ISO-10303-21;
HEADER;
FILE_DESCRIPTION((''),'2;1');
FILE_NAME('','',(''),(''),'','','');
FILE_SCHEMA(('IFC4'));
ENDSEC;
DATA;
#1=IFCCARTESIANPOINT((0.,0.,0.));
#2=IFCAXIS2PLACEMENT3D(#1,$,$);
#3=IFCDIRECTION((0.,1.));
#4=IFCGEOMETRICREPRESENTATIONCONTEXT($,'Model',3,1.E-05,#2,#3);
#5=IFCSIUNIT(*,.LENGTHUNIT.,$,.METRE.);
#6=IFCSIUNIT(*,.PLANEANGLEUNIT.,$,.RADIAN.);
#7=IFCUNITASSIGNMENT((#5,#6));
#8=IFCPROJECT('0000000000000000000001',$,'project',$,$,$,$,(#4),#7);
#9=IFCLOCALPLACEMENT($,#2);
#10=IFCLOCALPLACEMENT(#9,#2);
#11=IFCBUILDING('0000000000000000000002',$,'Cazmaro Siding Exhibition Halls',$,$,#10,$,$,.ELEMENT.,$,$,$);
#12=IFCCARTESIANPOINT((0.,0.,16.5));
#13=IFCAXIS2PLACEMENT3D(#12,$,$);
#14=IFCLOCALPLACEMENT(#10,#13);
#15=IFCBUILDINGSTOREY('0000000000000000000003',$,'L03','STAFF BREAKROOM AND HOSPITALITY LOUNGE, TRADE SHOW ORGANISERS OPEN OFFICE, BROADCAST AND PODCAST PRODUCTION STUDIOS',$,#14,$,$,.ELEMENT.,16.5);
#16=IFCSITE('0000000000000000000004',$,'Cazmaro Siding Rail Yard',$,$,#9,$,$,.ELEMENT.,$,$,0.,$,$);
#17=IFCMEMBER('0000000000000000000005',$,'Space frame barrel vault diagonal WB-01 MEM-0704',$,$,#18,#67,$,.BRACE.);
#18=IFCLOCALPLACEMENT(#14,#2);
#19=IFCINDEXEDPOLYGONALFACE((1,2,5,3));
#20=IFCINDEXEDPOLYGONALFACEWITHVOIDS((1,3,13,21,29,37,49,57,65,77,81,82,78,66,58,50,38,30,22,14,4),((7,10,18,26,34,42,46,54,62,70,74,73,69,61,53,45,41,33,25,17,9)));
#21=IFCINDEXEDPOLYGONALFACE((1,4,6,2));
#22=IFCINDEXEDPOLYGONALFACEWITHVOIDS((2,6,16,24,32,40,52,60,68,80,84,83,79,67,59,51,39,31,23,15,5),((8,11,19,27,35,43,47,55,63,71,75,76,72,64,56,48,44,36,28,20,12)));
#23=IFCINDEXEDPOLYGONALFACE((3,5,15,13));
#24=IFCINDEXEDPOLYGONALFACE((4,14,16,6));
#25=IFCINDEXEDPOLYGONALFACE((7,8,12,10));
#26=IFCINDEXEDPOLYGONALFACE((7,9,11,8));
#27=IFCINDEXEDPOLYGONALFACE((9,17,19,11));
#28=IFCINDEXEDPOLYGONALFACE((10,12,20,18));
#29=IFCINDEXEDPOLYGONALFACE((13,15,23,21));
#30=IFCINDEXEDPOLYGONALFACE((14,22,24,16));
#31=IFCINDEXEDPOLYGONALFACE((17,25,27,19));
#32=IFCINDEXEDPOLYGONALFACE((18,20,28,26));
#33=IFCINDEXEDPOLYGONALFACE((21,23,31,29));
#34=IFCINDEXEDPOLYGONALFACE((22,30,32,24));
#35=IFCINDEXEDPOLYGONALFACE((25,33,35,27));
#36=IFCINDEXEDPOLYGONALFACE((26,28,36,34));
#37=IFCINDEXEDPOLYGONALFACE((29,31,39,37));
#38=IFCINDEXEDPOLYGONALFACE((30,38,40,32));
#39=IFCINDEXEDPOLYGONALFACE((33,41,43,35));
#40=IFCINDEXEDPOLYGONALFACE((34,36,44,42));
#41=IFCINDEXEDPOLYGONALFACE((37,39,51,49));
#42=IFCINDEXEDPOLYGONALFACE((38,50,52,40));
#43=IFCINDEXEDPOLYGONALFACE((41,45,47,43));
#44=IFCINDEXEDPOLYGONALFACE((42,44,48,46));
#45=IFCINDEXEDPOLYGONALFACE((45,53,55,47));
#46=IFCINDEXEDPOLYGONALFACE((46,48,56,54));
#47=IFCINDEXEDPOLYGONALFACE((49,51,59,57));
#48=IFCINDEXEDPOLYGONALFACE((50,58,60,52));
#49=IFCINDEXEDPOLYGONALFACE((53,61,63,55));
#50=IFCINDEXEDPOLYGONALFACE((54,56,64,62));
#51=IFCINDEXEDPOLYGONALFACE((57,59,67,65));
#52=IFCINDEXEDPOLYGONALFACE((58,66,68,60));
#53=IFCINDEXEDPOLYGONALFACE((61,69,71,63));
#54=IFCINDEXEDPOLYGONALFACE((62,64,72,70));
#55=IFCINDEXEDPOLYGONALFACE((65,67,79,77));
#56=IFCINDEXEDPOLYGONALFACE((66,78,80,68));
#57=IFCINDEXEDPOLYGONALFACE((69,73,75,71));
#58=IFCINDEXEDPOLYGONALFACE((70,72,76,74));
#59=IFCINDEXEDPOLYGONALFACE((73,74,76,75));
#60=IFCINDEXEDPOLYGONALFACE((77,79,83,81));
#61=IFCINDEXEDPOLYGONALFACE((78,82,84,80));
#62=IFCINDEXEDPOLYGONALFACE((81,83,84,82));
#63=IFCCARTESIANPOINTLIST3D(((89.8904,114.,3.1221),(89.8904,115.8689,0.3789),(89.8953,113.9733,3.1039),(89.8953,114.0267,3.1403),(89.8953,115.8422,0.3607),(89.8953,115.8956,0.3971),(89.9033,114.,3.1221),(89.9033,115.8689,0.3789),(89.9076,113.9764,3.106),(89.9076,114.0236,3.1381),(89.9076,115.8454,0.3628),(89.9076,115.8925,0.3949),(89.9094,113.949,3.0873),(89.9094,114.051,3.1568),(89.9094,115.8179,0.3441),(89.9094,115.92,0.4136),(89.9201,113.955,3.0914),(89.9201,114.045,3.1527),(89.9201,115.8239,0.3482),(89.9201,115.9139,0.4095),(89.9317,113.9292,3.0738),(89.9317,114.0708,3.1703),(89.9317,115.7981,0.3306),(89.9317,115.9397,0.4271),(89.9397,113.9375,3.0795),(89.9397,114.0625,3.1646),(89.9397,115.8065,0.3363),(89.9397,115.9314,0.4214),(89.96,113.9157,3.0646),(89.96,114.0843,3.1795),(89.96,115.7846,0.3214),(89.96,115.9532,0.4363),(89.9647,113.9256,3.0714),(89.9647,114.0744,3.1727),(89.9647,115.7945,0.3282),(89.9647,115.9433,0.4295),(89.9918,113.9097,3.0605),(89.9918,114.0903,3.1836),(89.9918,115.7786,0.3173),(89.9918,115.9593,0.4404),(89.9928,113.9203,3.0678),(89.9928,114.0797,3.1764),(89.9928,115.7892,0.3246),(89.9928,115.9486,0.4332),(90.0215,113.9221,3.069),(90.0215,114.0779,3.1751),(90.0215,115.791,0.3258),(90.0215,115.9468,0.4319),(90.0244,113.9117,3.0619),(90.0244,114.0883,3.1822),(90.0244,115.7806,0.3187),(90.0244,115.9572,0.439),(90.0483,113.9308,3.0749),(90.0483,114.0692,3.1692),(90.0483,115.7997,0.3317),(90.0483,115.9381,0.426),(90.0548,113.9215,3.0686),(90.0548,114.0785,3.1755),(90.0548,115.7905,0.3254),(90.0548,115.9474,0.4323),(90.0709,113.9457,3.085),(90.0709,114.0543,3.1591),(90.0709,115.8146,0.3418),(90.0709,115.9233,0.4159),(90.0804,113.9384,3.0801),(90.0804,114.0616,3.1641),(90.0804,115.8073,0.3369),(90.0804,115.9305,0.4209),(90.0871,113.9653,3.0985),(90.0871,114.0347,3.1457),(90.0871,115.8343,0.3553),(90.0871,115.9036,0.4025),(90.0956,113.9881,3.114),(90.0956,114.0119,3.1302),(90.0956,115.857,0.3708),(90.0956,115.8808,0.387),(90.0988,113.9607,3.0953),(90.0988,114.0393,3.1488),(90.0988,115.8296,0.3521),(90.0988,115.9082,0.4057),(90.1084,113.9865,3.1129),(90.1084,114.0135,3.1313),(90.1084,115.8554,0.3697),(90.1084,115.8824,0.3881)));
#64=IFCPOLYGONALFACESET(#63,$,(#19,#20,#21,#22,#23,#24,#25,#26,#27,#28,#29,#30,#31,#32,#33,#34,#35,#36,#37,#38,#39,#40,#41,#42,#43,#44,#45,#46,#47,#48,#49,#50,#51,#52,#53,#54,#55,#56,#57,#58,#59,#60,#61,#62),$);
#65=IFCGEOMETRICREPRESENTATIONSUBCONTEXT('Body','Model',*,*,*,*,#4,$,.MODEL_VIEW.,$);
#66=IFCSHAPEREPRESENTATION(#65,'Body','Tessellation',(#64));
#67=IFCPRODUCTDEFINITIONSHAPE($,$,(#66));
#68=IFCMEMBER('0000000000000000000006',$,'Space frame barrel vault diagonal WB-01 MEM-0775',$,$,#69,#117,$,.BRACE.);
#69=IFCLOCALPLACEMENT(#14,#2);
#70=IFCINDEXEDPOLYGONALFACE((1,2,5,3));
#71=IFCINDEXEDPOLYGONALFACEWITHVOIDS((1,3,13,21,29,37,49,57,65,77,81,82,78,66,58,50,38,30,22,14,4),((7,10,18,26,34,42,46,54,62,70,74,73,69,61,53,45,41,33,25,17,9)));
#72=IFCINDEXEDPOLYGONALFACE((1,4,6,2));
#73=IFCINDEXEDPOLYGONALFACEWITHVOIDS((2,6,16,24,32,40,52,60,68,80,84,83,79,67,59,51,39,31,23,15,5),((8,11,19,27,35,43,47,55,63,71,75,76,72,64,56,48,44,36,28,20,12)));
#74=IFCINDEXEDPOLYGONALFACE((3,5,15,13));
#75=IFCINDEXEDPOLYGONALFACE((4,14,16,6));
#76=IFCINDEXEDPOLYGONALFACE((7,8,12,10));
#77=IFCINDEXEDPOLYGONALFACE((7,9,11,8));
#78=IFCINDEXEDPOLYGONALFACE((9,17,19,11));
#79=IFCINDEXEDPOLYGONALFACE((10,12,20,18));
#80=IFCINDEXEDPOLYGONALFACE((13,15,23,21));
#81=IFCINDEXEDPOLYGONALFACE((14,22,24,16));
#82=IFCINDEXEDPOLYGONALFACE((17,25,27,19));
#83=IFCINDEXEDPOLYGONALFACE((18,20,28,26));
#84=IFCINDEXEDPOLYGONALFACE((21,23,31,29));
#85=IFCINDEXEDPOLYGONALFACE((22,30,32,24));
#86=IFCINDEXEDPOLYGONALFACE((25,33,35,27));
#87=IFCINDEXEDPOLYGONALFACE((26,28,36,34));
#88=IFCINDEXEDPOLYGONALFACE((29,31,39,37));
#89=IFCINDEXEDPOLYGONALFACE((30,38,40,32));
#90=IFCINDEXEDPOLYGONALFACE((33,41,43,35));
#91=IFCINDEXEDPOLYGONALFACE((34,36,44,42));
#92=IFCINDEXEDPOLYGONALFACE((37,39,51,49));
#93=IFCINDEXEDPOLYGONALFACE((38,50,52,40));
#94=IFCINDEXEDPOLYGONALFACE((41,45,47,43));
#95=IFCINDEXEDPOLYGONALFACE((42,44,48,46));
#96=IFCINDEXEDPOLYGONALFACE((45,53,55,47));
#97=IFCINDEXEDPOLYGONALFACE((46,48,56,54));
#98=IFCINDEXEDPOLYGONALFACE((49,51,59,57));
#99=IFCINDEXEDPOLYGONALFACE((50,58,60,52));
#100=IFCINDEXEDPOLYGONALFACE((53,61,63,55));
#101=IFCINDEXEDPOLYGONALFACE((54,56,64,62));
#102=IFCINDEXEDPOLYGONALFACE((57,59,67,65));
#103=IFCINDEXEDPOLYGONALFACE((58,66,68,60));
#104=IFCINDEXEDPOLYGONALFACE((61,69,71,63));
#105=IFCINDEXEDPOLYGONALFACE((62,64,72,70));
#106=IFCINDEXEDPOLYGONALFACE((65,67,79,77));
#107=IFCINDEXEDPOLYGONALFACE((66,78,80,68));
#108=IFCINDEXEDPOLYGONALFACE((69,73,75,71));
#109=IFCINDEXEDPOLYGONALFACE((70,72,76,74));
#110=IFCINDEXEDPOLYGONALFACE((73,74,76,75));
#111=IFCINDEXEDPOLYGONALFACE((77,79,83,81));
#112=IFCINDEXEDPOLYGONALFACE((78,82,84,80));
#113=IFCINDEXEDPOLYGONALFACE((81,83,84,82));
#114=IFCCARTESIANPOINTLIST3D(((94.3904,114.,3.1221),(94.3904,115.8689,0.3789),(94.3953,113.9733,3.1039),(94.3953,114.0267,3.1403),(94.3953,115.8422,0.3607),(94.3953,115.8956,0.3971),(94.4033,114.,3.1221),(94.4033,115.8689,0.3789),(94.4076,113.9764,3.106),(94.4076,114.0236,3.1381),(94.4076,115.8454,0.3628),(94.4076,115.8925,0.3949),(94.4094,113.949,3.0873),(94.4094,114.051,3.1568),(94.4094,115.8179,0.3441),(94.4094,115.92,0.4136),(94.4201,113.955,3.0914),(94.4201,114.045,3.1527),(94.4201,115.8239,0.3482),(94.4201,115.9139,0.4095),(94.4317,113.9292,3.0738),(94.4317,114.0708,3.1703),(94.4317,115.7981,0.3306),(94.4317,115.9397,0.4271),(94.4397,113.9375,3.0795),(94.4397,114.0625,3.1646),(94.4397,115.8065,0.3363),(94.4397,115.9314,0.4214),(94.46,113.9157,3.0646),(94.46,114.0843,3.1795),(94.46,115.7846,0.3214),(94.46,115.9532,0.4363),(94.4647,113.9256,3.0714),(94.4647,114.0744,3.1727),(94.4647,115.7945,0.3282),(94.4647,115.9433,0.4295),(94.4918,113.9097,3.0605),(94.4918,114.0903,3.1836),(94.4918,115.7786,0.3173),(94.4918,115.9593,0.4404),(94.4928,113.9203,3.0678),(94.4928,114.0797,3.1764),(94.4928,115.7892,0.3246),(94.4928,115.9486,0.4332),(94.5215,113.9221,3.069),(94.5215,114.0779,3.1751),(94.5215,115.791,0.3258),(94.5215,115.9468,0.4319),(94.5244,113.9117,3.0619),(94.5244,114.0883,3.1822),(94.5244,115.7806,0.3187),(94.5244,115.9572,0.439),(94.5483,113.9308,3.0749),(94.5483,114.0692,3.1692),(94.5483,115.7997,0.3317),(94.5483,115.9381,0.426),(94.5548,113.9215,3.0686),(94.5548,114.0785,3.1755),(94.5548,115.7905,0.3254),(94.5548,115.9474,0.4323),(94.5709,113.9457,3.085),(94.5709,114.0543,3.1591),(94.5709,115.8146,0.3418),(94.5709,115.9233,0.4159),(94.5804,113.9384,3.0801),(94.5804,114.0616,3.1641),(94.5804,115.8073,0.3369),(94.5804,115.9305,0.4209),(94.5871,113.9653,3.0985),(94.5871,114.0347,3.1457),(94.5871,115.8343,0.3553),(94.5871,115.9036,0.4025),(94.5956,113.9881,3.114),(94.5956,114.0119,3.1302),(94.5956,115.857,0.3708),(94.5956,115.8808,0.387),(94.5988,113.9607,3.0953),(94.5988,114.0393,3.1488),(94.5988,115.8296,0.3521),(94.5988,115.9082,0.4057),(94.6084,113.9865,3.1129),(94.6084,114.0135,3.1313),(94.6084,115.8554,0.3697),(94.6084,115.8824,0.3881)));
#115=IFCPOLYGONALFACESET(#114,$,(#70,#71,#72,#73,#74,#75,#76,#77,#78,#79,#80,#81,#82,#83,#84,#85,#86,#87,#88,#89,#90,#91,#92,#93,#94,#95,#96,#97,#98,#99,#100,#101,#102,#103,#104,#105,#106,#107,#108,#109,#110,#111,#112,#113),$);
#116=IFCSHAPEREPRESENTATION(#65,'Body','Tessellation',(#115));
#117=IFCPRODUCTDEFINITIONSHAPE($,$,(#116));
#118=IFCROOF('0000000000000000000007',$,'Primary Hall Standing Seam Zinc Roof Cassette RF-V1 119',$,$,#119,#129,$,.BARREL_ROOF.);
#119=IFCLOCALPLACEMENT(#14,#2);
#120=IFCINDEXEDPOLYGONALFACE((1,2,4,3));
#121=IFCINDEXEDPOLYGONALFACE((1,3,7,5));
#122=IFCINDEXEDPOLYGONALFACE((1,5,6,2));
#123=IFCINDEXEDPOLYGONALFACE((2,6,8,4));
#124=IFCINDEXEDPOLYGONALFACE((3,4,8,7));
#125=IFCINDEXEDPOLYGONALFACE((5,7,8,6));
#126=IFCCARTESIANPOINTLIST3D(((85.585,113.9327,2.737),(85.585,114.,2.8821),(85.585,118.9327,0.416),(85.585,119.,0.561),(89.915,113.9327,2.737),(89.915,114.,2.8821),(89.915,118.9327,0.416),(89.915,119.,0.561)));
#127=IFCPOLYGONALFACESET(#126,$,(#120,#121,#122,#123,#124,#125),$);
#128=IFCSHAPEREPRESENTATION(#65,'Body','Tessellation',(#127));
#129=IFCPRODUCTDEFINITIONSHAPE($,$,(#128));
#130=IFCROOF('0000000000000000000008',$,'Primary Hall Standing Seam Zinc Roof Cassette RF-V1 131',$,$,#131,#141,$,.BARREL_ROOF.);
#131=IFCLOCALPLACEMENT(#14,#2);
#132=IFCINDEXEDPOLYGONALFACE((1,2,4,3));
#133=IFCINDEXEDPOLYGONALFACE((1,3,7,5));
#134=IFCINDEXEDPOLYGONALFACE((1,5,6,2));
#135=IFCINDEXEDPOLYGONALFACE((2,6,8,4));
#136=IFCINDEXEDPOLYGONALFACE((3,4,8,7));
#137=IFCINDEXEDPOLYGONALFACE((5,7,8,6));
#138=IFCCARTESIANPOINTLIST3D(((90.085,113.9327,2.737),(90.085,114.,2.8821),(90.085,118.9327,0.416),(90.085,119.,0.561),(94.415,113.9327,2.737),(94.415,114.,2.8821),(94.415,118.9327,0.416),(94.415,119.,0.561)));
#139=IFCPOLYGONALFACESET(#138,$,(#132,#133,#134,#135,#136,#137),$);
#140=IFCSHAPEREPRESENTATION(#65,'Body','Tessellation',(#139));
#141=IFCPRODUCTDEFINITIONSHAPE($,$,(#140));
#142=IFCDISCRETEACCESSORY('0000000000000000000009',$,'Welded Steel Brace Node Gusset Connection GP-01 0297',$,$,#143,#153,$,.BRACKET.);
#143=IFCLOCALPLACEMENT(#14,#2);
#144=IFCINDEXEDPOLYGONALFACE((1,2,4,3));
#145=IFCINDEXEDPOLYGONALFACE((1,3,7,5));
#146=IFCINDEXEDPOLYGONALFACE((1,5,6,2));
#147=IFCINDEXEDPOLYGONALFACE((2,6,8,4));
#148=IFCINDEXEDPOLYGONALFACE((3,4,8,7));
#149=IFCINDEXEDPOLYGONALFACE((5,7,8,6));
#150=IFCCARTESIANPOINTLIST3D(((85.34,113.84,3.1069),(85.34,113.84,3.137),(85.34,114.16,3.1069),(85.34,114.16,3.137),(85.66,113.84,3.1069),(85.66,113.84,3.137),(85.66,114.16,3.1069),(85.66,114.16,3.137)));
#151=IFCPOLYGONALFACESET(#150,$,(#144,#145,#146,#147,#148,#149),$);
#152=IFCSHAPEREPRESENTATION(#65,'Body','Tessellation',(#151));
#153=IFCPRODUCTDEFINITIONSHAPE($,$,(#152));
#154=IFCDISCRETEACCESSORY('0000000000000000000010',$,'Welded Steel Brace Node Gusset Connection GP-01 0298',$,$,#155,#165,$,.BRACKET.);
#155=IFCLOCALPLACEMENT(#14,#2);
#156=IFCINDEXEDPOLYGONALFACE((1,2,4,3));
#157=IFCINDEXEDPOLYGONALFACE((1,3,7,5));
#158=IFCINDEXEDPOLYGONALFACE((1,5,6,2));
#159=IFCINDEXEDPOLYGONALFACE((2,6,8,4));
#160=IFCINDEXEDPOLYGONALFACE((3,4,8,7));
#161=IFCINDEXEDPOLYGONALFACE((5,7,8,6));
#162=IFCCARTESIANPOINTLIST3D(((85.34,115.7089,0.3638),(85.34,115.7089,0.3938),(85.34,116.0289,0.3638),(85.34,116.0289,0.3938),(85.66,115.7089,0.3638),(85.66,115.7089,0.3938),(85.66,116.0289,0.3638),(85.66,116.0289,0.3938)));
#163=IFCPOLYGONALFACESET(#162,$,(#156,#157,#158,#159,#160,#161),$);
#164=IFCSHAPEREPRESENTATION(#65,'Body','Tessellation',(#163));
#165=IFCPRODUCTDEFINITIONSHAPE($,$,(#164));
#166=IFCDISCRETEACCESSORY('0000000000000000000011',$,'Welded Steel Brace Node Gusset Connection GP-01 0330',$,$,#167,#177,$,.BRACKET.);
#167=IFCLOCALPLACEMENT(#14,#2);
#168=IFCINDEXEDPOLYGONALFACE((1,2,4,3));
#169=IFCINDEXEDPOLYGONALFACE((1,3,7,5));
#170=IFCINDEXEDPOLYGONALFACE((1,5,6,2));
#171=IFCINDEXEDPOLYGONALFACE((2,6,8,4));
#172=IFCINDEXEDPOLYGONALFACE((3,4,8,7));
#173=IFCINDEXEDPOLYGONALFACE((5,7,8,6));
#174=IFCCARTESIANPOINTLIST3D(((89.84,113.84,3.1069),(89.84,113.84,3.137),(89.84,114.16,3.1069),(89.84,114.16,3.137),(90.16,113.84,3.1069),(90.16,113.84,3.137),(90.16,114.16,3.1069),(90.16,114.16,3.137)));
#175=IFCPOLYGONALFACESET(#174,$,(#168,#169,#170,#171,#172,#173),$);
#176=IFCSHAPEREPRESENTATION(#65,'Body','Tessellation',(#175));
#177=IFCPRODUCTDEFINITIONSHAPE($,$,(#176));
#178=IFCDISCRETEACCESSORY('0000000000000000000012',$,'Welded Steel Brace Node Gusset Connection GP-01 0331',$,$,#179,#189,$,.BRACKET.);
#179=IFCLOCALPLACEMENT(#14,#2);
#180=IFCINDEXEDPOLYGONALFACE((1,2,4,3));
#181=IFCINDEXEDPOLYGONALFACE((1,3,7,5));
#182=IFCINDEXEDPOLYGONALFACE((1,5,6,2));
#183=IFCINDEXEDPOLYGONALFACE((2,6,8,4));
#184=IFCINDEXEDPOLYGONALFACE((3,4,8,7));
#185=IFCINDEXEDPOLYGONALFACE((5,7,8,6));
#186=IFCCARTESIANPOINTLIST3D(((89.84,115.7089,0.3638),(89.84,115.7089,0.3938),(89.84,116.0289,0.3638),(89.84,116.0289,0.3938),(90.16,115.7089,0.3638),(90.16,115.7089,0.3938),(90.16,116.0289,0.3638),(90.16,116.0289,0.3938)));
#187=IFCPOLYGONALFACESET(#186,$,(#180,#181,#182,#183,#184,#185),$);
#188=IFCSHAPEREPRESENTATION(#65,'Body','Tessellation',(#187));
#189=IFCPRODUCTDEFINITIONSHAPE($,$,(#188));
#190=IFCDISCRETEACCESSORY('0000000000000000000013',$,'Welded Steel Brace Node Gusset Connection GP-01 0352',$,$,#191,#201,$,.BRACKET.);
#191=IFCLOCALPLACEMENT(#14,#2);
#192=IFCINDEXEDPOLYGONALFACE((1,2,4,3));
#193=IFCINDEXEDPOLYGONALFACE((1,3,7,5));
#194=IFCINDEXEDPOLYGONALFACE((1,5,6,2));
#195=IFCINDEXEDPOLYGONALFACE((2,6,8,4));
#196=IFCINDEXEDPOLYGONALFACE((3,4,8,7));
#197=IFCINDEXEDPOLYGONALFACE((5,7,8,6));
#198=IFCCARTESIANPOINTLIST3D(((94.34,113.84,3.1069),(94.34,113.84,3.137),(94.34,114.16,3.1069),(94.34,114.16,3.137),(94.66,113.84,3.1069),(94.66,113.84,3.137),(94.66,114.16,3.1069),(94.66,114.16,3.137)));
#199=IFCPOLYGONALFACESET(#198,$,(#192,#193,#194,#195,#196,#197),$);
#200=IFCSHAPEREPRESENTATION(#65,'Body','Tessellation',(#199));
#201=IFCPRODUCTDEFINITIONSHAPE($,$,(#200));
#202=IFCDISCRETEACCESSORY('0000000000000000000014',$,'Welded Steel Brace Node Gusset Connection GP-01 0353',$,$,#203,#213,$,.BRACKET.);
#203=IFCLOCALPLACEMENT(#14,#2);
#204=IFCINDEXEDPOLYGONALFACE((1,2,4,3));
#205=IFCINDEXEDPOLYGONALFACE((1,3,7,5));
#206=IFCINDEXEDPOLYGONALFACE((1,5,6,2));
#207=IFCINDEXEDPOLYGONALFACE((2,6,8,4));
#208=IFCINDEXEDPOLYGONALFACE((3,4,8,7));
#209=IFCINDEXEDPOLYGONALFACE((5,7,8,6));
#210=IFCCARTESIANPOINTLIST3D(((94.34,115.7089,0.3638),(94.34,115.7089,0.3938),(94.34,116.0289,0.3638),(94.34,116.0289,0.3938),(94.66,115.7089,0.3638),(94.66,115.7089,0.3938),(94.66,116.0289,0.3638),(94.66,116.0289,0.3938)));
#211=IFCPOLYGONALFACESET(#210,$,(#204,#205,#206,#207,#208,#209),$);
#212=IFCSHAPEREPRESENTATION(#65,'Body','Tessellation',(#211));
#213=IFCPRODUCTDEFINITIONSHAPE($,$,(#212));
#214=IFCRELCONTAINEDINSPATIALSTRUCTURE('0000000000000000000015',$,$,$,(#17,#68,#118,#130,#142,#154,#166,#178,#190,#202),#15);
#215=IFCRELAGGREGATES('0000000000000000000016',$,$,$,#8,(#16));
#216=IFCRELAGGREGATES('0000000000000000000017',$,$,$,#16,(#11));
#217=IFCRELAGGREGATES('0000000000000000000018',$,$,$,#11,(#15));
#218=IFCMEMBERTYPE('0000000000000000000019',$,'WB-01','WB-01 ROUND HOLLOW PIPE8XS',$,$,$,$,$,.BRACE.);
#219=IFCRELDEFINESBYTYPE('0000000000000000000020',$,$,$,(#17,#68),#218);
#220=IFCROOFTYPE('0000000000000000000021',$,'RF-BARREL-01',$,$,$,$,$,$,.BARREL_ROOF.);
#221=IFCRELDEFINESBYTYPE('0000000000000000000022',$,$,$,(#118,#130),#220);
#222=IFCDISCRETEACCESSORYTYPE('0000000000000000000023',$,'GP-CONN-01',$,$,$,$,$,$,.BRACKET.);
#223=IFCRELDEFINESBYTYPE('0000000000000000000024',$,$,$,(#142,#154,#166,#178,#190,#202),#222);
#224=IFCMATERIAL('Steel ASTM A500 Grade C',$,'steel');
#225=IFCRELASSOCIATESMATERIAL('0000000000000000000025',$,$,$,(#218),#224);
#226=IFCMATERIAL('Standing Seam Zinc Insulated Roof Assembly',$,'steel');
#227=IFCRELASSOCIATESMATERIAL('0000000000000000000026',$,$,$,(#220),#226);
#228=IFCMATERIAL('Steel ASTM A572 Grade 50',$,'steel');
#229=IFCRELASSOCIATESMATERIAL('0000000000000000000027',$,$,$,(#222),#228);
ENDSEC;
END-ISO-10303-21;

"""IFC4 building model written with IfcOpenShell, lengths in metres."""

from ifc_helpers import new_model, si_unit, direction, frame, origin, origin_2d, place, context, subcontext, project, spatial, polyline, rectangle, hollow_circle, outline, extrude, material, material_profile, profile_set, type_object, element, save


model = new_model("IFC4")

# Units and contexts
model_context = context("Model", 3, precision=1e-05, world=origin(), true_north=direction((0.0, 1.0)))
body_context = subcontext(model_context, "Body", "Model", "MODEL_VIEW")
ifc_project = project(units=[si_unit("LENGTHUNIT", "METRE"), si_unit("PLANEANGLEUNIT", "RADIAN")], contexts=[model_context])

# Site, building, storey
site_placement = place(None, origin())
site = spatial("IfcSite", under=ifc_project, at=site_placement, Name="Cazmaro Siding Rail Yard", CompositionType="ELEMENT", RefElevation=0.0)
building_placement = place(site_placement, origin())
building = spatial("IfcBuilding", under=site, at=building_placement, Name="Cazmaro Siding Exhibition Halls", CompositionType="ELEMENT")
storey_placement = place(building_placement, frame((0.0, 0.0, 16.5)))
storey = spatial("IfcBuildingStorey", under=building, at=storey_placement, Name="L03", Description="STAFF BREAKROOM AND HOSPITALITY LOUNGE, TRADE SHOW ORGANISERS OPEN OFFICE, BROADCAST AND PODCAST PRODUCTION STUDIOS", CompositionType="ELEMENT", Elevation=16.5)

# Members
ifc_material_1 = material(Name="Steel ASTM A500 Grade C", Category="steel")
ifc_material_profile_1 = material_profile(ifc_material_1, hollow_circle(Radius=0.1096, WallThickness=0.0129, at=origin_2d()), Name="PIPE8XS")
ifc_profile_set_1 = profile_set([ifc_material_profile_1], Name="Steel ASTM A500 Grade C")
member_type_1 = type_object("IfcMemberType", Name="WB-01", Description="WB-01 ROUND HOLLOW PIPE8XS", PredefinedType="BRACE", material=ifc_profile_set_1)
for number, where, z_axis, x_axis, name in (
    (1, (90.0, 114.0, 3.1221), (0.0, 0.56304, -0.82643), (-1.0, 0.0, 0.0), "Space frame barrel vault diagonal WB-01 MEM-0704"),
    (2, (94.5, 114.0, 3.1221), (0.0, 0.56304, -0.82643), (-1.0, 0.0, 0.0), "Space frame barrel vault diagonal WB-01 MEM-0775"),
):
    element("IfcMember", number, at=place(storey_placement, frame(where, z_axis=z_axis, x_axis=x_axis)), inside=storey, type_object=member_type_1, Name=name, PredefinedType="BRACE", context=body_context, shape_type="SweptSolid", body=[
        extrude(hollow_circle(Radius=0.1096, WallThickness=0.0129, at=origin_2d()), origin(), (0.0, 0.0, 1.0), 3.3193),
    ])

# Roofs
ifc_material_2 = material(Name="Standing Seam Zinc Insulated Roof Assembly", Category="steel")
roof_type = type_object("IfcRoofType", Name="RF-BARREL-01", PredefinedType="BARREL_ROOF", material=ifc_material_2)
for number, where, z_axis, x_axis, name in (
    (3, (85.585, 114.0, 2.8821), (0.0, 0.421054, 0.907036), (1.0, 0.0, 0.0), "Primary Hall Standing Seam Zinc Roof Cassette RF-V1 119"),
    (4, (90.085, 114.0, 2.8821), (0.0, 0.421054, 0.907036), (1.0, 0.0, 0.0), "Primary Hall Standing Seam Zinc Roof Cassette RF-V1 131"),
):
    element("IfcRoof", number, at=place(storey_placement, frame(where, z_axis=z_axis, x_axis=x_axis)), inside=storey, type_object=roof_type, Name=name, PredefinedType="BARREL_ROOF", context=body_context, shape_type="SweptSolid", body=[
        extrude(outline(polyline([(0.0, 0.0), (4.3301, 0.0), (4.3301, 5.5125), (0.0, 5.5125), (0.0, 0.0)])), origin(), (0.0, 0.0, -1.0), 0.1599),
    ])

# Discrete accessories
ifc_material_3 = material(Name="Steel ASTM A572 Grade 50", Category="steel")
discrete_accessory_type = type_object("IfcDiscreteAccessoryType", Name="GP-CONN-01", PredefinedType="BRACKET", material=ifc_material_3)
for number, where, z_axis, x_axis, name in (
    (5, (85.5, 114.0, 3.1069), (0.0, 0.0, 1.0), (1.0, 0.0, 0.0), "Welded Steel Brace Node Gusset Connection GP-01 0297"),
    (6, (85.5, 115.8689, 0.3638), (0.0, 0.0, 1.0), (1.0, 0.0, 0.0), "Welded Steel Brace Node Gusset Connection GP-01 0298"),
    (7, (90.0, 114.0, 3.1069), (0.0, 0.0, 1.0), (1.0, 0.0, 0.0), "Welded Steel Brace Node Gusset Connection GP-01 0330"),
    (8, (90.0, 115.8689, 0.3638), (0.0, 0.0, 1.0), (1.0, 0.0, 0.0), "Welded Steel Brace Node Gusset Connection GP-01 0331"),
    (9, (94.5, 114.0, 3.1069), (0.0, 0.0, 1.0), (1.0, 0.0, 0.0), "Welded Steel Brace Node Gusset Connection GP-01 0352"),
    (10, (94.5, 115.8689, 0.3638), (0.0, 0.0, 1.0), (1.0, 0.0, 0.0), "Welded Steel Brace Node Gusset Connection GP-01 0353"),
):
    element("IfcDiscreteAccessory", number, at=place(storey_placement, frame(where, z_axis=z_axis, x_axis=x_axis)), inside=storey, type_object=discrete_accessory_type, Name=name, PredefinedType="BRACKET", context=body_context, shape_type="SweptSolid", body=[
        extrude(rectangle(XDim=0.3201, YDim=0.3201, at=origin_2d()), origin(), (0.0, 0.0, 1.0), 0.03),
    ])

save(model, "model.ifc")
